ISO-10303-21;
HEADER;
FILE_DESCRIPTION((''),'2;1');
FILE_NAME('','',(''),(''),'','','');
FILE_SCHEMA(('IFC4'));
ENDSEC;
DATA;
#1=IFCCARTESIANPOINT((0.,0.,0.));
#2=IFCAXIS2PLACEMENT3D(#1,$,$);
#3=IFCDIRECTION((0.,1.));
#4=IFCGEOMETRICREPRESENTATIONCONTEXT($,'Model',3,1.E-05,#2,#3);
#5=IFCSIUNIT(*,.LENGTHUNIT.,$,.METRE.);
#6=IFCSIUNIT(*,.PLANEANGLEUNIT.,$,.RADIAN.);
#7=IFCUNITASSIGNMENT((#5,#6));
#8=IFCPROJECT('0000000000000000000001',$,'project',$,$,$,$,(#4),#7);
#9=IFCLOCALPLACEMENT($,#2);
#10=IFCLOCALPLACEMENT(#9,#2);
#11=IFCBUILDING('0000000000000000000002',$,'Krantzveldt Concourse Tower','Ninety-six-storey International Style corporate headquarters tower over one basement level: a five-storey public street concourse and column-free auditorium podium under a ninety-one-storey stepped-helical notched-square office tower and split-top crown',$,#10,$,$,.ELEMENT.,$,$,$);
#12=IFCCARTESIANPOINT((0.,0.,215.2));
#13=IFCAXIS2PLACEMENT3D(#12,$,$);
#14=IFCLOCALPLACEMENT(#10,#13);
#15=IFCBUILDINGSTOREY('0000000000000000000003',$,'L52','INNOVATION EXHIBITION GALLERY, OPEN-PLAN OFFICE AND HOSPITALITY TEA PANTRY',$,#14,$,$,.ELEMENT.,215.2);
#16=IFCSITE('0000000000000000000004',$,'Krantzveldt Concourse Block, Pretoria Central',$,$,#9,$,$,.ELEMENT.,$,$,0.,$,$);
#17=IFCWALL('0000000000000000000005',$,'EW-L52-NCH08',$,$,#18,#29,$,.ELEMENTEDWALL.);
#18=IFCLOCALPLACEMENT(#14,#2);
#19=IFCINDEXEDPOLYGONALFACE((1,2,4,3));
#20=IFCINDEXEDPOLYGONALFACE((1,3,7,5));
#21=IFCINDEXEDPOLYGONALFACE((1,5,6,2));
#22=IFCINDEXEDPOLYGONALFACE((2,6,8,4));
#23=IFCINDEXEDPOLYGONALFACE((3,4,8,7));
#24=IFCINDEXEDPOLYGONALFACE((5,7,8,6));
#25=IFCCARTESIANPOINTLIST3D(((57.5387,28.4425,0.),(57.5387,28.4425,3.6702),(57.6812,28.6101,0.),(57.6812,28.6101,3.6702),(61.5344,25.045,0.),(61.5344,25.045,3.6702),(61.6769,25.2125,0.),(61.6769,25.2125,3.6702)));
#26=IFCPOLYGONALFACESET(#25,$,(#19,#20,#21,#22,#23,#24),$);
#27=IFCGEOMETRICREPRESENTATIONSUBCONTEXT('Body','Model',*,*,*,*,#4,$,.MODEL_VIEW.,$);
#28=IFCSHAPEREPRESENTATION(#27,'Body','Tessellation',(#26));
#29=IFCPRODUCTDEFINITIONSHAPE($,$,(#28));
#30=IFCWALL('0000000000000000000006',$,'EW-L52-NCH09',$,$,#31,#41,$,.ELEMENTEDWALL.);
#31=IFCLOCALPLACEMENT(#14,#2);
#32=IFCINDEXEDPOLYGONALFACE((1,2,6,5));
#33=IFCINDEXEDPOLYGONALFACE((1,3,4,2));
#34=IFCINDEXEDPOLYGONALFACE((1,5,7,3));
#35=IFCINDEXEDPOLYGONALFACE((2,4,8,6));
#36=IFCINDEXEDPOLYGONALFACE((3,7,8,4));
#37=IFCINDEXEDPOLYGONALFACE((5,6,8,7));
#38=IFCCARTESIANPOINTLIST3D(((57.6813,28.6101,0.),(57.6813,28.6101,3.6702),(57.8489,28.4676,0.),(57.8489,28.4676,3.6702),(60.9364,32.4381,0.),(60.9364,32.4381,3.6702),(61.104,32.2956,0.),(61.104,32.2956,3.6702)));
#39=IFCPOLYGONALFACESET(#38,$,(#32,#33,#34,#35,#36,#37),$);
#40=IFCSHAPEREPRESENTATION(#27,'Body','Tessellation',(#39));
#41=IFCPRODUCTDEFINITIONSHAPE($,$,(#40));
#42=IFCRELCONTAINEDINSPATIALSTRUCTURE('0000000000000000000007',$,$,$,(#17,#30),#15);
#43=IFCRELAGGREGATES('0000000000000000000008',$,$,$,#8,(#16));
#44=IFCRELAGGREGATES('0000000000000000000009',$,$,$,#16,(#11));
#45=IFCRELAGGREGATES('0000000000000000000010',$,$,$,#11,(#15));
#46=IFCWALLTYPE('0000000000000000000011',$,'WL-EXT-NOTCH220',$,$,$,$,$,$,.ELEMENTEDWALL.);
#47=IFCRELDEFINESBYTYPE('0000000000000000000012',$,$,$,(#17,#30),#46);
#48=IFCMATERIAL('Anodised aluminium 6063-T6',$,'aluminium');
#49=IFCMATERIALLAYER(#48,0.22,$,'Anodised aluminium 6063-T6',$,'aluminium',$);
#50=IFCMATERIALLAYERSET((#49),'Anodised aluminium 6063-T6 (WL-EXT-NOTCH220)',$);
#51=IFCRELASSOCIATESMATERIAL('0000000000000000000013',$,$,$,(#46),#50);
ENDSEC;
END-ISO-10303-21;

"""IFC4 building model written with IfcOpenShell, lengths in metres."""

from ifc_helpers import new_model, si_unit, direction, frame, frame_2d, origin, place, context, subcontext, project, spatial, rectangle, extrude, material, layer, layer_set, type_object, element, save


model = new_model("IFC4")

# Units and contexts
model_context = context("Model", 3, precision=1e-05, world=origin(), true_north=direction((0.0, 1.0)))
body_context = subcontext(model_context, "Body", "Model", "MODEL_VIEW")
ifc_project = project(units=[si_unit("LENGTHUNIT", "METRE"), si_unit("PLANEANGLEUNIT", "RADIAN")], contexts=[model_context])

# Site, building, storey
site_placement = place(None, origin())
site = spatial("IfcSite", under=ifc_project, at=site_placement, Name="Krantzveldt Concourse Block, Pretoria Central", CompositionType="ELEMENT", RefElevation=0.0)
building_placement = place(site_placement, origin())
building = spatial("IfcBuilding", under=site, at=building_placement, Name="Krantzveldt Concourse Tower", Description="Ninety-six-storey International Style corporate headquarters tower over one basement level: a five-storey public street concourse and column-free auditorium podium under a ninety-one-storey stepped-helical notched-square office tower and split-top crown", CompositionType="ELEMENT")
storey_placement = place(building_placement, frame((0.0, 0.0, 215.2)))
storey = spatial("IfcBuildingStorey", under=building, at=storey_placement, Name="L52", Description="INNOVATION EXHIBITION GALLERY, OPEN-PLAN OFFICE AND HOSPITALITY TEA PANTRY", CompositionType="ELEMENT", Elevation=215.2)

# Shared definitions
ifc_material_1 = material(Name="Anodised aluminium 6063-T6", Category="aluminium")

# Walls
ifc_layer_1 = layer(ifc_material_1, 0.22, Name="Anodised aluminium 6063-T6", Category="aluminium")
ifc_layer_set_1 = layer_set([ifc_layer_1], Name="Anodised aluminium 6063-T6 (WL-EXT-NOTCH220)")
wall_type = type_object("IfcWallType", Name="WL-EXT-NOTCH220", PredefinedType="ELEMENTEDWALL", material=ifc_layer_set_1)
wall_1_placement = place(storey_placement, frame((61.6057, 25.1287, 0.0), z_axis=(0.0, 0.0, 1.0), x_axis=(-0.761827, 0.647781, 0.0)))
element("IfcWall", 1, at=wall_1_placement, inside=storey, type_object=wall_type, Name="EW-L52-NCH08", PredefinedType="ELEMENTEDWALL", context=body_context, shape_type="SweptSolid", body=[
    extrude(rectangle(XDim=5.2449, YDim=0.22, at=frame_2d((2.6226, 0.0))), origin(), (0.0, 0.0, 1.0), 3.6702),
])
wall_2_placement = place(storey_placement, frame((57.7651, 28.5388, 0.0), z_axis=(0.0, 0.0, 1.0), x_axis=(0.647789, 0.761819, 0.0)))
element("IfcWall", 2, at=wall_2_placement, inside=storey, type_object=wall_type, Name="EW-L52-NCH09", PredefinedType="ELEMENTEDWALL", context=body_context, shape_type="SweptSolid", body=[
    extrude(rectangle(XDim=5.0249, YDim=0.22, at=frame_2d((2.5125, 0.0))), origin(), (0.0, 0.0, 1.0), 3.6702),
])

save(model, "model.ifc")
